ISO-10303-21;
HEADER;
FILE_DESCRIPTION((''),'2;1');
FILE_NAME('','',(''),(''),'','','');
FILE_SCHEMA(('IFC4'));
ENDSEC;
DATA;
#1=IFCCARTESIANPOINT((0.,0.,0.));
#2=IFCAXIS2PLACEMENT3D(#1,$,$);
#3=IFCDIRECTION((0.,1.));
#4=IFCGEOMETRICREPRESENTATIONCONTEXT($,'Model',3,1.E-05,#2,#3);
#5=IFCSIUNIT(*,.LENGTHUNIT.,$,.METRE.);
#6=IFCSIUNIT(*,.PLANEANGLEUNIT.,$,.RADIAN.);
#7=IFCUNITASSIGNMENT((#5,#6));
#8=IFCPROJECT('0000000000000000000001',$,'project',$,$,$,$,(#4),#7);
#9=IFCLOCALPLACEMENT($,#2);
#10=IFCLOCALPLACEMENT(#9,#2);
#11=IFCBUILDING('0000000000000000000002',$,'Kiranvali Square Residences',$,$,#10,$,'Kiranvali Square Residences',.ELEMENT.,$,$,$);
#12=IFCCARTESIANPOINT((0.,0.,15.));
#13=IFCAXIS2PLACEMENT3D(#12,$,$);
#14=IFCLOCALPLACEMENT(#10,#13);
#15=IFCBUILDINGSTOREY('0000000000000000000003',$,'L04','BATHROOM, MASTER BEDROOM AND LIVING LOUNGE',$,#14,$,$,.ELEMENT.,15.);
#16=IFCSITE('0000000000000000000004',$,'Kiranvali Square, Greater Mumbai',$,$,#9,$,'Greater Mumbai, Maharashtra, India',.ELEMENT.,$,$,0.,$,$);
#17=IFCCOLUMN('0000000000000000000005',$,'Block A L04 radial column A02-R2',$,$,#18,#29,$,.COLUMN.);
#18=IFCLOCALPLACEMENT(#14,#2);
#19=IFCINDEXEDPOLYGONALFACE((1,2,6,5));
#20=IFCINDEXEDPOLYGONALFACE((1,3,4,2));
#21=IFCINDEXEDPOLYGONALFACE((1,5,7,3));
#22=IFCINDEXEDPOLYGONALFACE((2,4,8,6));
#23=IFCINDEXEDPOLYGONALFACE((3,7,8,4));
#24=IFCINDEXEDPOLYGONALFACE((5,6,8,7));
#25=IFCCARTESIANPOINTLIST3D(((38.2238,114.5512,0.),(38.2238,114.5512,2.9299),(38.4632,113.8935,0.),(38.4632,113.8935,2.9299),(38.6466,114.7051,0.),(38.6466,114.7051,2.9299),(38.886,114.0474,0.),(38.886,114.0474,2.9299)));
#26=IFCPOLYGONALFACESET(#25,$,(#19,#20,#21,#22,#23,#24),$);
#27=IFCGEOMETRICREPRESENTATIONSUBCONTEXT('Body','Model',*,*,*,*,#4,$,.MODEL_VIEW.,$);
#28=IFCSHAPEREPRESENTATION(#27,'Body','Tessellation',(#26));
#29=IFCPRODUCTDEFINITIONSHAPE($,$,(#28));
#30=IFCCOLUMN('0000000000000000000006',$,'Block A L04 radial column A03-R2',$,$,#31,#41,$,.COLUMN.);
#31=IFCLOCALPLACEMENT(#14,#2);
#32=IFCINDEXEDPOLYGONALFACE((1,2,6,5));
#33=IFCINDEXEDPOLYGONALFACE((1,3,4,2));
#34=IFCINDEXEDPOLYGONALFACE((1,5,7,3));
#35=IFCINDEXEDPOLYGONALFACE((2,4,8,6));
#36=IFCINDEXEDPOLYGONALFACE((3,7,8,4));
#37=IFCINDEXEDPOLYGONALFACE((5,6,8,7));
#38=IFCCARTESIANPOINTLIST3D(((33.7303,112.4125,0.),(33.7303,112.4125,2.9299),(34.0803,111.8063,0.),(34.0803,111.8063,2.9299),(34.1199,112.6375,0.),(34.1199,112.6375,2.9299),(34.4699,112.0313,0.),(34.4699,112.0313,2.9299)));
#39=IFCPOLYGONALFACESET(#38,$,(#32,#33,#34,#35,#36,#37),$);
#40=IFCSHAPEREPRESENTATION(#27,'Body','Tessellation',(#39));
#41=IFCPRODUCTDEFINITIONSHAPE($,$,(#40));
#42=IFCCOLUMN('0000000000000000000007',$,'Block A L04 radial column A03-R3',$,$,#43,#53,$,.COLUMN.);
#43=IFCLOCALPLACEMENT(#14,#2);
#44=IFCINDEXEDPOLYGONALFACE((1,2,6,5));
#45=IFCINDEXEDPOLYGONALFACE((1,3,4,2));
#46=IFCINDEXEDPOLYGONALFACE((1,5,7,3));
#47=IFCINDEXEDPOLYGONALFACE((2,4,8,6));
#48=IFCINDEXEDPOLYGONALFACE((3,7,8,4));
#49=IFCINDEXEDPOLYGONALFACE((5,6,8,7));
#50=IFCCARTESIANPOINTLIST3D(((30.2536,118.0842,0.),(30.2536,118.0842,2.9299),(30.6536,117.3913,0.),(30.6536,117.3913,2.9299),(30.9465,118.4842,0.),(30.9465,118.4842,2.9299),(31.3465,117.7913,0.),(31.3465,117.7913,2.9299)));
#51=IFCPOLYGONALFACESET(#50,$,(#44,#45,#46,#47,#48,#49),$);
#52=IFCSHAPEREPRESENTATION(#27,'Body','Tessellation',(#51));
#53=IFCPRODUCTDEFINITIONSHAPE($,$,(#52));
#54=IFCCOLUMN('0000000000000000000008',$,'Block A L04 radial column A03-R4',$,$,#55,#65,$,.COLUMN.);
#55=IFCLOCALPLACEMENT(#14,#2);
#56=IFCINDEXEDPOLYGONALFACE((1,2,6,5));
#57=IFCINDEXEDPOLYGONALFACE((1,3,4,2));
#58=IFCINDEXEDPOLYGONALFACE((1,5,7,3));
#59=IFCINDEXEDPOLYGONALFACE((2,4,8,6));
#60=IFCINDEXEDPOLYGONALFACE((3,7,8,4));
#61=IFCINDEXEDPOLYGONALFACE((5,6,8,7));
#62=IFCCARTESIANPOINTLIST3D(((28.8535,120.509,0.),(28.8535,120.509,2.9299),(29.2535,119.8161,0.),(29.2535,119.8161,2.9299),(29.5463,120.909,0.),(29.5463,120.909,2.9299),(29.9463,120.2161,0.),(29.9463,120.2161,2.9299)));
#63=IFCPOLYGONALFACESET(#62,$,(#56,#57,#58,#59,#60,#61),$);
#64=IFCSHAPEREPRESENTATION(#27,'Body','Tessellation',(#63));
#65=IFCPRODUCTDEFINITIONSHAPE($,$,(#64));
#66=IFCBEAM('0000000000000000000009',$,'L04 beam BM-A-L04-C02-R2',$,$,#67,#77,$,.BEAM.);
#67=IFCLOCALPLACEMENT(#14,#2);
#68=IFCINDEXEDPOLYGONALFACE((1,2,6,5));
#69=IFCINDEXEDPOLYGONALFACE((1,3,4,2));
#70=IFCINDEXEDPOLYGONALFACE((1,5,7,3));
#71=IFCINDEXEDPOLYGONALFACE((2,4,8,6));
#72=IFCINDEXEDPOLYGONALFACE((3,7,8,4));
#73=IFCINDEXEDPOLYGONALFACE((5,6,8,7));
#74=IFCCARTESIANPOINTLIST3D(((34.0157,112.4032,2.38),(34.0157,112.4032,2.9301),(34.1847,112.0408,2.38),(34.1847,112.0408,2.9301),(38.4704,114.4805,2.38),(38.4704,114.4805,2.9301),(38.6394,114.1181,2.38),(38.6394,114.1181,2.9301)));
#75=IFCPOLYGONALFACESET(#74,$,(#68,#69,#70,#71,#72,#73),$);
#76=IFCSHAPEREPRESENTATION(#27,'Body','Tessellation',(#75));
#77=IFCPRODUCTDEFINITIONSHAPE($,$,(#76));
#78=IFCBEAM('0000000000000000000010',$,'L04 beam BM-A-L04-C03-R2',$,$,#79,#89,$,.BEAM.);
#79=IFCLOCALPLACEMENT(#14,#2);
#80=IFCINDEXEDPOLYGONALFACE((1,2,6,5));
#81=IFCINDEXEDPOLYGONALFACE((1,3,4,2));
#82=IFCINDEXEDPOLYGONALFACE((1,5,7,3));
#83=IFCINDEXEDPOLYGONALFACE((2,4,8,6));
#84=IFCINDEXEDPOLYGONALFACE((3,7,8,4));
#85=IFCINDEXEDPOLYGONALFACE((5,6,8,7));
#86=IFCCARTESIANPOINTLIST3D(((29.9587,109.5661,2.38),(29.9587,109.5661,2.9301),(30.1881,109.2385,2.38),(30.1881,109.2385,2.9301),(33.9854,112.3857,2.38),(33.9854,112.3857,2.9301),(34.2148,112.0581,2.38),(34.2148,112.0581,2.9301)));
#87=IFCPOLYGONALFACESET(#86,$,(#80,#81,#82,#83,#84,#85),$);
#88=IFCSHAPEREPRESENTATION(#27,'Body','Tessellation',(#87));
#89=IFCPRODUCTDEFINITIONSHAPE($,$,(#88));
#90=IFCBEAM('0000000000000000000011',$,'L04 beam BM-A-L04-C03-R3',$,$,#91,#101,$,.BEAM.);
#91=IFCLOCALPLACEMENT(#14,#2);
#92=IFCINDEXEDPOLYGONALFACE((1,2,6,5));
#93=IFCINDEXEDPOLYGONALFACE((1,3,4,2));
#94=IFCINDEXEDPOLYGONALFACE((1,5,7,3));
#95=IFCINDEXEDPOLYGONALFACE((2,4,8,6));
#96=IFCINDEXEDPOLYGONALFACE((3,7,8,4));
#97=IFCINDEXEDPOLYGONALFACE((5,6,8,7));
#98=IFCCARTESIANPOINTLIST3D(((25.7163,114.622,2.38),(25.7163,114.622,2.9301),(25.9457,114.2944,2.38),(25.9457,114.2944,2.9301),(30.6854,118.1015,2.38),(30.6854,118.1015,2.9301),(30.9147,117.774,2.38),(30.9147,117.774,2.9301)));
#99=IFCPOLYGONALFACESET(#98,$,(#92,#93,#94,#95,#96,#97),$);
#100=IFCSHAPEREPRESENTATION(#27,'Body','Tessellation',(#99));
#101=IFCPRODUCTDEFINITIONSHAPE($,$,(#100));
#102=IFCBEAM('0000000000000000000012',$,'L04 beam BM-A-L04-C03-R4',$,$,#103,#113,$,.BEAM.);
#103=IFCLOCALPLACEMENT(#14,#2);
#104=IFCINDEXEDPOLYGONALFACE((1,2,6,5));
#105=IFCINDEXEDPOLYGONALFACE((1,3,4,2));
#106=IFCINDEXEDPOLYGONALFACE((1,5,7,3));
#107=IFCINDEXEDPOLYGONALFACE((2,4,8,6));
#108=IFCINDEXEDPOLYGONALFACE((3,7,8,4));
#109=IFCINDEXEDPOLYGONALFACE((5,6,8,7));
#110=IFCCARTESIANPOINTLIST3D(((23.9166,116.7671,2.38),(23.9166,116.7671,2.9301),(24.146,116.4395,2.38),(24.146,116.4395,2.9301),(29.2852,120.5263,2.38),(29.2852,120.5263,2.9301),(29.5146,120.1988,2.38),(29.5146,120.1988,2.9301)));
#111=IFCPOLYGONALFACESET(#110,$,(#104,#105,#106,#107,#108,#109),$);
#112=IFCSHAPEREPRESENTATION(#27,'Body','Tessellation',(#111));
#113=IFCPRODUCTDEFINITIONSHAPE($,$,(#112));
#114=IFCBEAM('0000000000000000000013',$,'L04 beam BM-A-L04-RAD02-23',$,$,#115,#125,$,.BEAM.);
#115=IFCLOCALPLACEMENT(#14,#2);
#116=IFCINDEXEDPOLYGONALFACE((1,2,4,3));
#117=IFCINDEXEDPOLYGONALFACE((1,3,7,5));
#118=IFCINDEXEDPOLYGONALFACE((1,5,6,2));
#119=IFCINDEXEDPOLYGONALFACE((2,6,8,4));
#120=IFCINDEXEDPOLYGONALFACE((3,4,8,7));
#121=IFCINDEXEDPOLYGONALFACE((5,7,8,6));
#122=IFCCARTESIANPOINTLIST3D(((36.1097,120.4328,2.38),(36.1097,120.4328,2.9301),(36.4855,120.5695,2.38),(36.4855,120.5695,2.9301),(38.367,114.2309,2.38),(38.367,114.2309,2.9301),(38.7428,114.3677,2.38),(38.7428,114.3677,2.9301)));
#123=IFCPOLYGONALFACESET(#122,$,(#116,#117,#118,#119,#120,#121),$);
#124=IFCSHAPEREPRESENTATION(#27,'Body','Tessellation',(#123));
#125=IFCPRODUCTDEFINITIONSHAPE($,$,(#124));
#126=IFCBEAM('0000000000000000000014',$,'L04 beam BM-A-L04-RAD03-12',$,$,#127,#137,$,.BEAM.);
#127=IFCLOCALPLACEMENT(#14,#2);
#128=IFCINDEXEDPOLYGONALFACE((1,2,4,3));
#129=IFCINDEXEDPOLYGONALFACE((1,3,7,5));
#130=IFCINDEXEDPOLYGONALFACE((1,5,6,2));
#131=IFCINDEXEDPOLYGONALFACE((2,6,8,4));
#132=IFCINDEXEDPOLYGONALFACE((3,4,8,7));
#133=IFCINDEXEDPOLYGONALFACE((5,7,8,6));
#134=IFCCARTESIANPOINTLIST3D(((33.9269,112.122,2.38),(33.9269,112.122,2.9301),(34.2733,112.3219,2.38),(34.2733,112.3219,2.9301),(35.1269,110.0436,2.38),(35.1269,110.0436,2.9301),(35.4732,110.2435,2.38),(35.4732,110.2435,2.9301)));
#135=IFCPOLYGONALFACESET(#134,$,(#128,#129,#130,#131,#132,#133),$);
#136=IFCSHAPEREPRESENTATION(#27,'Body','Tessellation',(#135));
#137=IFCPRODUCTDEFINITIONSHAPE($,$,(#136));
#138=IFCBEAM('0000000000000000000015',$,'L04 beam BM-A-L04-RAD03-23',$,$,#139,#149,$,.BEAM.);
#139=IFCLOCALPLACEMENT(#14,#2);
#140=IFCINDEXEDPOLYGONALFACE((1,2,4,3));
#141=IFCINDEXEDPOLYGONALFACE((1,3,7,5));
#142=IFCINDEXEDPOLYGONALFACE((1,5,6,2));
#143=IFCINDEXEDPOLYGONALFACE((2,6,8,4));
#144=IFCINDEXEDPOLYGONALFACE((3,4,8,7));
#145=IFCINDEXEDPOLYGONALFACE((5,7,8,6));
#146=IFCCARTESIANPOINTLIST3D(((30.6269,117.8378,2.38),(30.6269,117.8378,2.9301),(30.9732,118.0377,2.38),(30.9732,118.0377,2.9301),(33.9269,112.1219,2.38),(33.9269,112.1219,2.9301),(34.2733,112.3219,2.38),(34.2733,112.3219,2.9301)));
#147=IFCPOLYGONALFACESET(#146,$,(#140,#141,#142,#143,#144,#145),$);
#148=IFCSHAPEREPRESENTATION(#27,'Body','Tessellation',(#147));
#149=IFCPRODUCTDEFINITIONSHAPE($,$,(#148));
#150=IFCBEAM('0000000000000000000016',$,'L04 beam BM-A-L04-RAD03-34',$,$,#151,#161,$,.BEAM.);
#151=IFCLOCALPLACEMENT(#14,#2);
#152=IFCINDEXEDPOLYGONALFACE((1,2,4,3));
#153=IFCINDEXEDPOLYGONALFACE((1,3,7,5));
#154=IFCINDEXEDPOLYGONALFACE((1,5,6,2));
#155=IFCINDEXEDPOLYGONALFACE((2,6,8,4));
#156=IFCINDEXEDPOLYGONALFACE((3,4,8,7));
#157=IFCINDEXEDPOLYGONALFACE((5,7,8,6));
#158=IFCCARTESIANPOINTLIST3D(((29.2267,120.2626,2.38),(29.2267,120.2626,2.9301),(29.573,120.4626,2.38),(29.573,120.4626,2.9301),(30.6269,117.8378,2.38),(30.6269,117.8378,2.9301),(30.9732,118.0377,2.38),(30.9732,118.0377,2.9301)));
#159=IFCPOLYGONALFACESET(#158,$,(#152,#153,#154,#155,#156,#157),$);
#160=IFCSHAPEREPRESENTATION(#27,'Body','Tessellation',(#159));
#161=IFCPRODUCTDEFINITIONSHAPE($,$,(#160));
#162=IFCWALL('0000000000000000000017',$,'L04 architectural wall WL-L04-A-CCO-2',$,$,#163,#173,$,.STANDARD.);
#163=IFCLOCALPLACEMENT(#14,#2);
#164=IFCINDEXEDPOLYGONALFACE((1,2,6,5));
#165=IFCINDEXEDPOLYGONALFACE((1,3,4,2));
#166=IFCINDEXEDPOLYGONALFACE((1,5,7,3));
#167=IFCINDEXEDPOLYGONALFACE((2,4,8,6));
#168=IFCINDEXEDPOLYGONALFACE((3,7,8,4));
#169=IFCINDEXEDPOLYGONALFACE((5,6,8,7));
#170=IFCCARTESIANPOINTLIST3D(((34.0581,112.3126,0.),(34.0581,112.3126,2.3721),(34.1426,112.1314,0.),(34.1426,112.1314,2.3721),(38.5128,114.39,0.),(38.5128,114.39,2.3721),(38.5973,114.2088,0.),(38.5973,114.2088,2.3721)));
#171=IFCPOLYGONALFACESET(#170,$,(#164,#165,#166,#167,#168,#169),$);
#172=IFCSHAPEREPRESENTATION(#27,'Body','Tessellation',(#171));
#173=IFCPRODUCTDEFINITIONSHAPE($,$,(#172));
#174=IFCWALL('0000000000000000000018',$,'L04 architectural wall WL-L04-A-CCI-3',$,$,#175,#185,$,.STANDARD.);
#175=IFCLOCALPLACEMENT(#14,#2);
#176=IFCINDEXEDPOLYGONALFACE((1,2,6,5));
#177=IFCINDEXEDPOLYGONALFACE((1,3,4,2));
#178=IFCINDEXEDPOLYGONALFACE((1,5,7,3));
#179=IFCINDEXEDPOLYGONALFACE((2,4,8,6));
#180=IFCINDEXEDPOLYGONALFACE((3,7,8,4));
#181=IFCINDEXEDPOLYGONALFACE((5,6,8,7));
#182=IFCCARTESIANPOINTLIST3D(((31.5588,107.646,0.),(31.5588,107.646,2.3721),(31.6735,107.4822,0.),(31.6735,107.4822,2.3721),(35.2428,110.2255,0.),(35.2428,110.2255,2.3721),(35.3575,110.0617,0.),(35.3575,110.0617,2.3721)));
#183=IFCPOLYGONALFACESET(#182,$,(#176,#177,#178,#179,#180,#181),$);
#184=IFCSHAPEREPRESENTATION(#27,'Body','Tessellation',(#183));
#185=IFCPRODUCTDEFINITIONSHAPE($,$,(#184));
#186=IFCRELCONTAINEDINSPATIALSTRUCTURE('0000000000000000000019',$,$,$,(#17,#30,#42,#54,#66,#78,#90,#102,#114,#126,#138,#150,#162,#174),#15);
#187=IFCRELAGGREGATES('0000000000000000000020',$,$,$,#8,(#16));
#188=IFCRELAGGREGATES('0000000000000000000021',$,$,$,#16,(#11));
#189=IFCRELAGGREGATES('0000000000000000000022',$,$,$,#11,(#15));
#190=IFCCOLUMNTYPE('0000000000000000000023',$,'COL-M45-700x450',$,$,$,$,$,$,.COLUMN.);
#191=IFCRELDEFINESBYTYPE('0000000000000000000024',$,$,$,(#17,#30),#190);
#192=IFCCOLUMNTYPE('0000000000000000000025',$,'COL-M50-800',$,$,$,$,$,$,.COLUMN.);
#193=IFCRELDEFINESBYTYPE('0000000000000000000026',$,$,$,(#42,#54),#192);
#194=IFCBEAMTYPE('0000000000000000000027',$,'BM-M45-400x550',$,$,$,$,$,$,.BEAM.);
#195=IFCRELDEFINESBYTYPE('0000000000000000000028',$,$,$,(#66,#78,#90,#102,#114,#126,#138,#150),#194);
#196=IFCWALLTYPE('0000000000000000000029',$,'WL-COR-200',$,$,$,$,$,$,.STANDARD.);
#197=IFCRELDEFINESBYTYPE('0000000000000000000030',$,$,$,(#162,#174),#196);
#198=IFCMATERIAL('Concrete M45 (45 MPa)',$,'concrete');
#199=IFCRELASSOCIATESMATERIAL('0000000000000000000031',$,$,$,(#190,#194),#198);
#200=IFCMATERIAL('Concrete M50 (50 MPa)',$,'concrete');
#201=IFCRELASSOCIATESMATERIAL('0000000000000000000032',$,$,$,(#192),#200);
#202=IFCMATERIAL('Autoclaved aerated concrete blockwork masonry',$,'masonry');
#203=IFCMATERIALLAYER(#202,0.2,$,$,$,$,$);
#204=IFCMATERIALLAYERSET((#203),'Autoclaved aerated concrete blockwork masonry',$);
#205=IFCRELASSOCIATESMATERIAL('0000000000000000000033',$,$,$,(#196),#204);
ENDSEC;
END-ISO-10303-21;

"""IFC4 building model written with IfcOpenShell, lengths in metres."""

from ifc_helpers import new_model, si_unit, direction, frame, frame_2d, origin, origin_2d, place, context, subcontext, project, spatial, rectangle, extrude, material, layer, layer_set, material_profile, profile_set, type_object, element, save


model = new_model("IFC4")

# Units and contexts
model_context = context("Model", 3, precision=1e-05, world=origin(), true_north=direction((0.0, 1.0)))
body_context = subcontext(model_context, "Body", "Model", "MODEL_VIEW")
ifc_project = project(units=[si_unit("LENGTHUNIT", "METRE"), si_unit("PLANEANGLEUNIT", "RADIAN")], contexts=[model_context])

# Site, building, storey
site_placement = place(None, origin())
site = spatial("IfcSite", under=ifc_project, at=site_placement, Name="Kiranvali Square, Greater Mumbai", LongName="Greater Mumbai, Maharashtra, India", CompositionType="ELEMENT", RefElevation=0.0)
building_placement = place(site_placement, origin())
building = spatial("IfcBuilding", under=site, at=building_placement, Name="Kiranvali Square Residences", LongName="Kiranvali Square Residences", CompositionType="ELEMENT")
storey_placement = place(building_placement, frame((0.0, 0.0, 15.0)))
storey = spatial("IfcBuildingStorey", under=building, at=storey_placement, Name="L04", Description="BATHROOM, MASTER BEDROOM AND LIVING LOUNGE", CompositionType="ELEMENT", Elevation=15.0)

# Columns
ifc_material_1 = material(Name="Concrete M45 (45 MPa)", Category="concrete")
ifc_material_profile_1 = material_profile(ifc_material_1, rectangle(XDim=0.45, YDim=0.7, at=origin_2d()), Name="RC 700x450")
ifc_profile_set_1 = profile_set([ifc_material_profile_1], Name="Concrete M45 (45 MPa)")
column_type_1 = type_object("IfcColumnType", Name="COL-M45-700x450", PredefinedType="COLUMN", material=ifc_profile_set_1)
for number, where, z_axis, x_axis, name in (
    (1, (38.5549, 114.2993, 0.0), (0.0, 0.0, 1.0), (0.939693, 0.34202, 0.0), "Block A L04 radial column A02-R2"),
    (2, (34.1001, 112.2219, 0.0), (0.0, 0.0, 1.0), (0.866025, 0.5, 0.0), "Block A L04 radial column A03-R2"),
):
    element("IfcColumn", number, at=place(storey_placement, frame(where, z_axis=z_axis, x_axis=x_axis)), inside=storey, type_object=column_type_1, Name=name, PredefinedType="COLUMN", context=body_context, shape_type="SweptSolid", body=[
        extrude(rectangle(XDim=0.45, YDim=0.7, at=origin_2d()), origin(), (0.0, 0.0, 1.0), 2.9299),
    ])
ifc_material_2 = material(Name="Concrete M50 (50 MPa)", Category="concrete")
ifc_material_profile_2 = material_profile(ifc_material_2, rectangle(XDim=0.8, YDim=0.8, at=origin_2d()), Name="RC 800x800")
ifc_profile_set_2 = profile_set([ifc_material_profile_2], Name="Concrete M50 (50 MPa)")
column_type_2 = type_object("IfcColumnType", Name="COL-M50-800", PredefinedType="COLUMN", material=ifc_profile_set_2)
for number, where, z_axis, x_axis, name in (
    (3, (30.8, 117.9377, 0.0), (0.0, 0.0, 1.0), (0.866025, 0.5, 0.0), "Block A L04 radial column A03-R3"),
    (4, (29.3999, 120.3625, 0.0), (0.0, 0.0, 1.0), (0.866025, 0.5, 0.0), "Block A L04 radial column A03-R4"),
):
    element("IfcColumn", number, at=place(storey_placement, frame(where, z_axis=z_axis, x_axis=x_axis)), inside=storey, type_object=column_type_2, Name=name, PredefinedType="COLUMN", context=body_context, shape_type="SweptSolid", body=[
        extrude(rectangle(XDim=0.8, YDim=0.8, at=origin_2d()), origin(), (0.0, 0.0, 1.0), 2.9299),
    ])

# Beams
ifc_material_profile_3 = material_profile(ifc_material_1, rectangle(XDim=0.3999, YDim=0.55, at=origin_2d()), Name="RC 400x550")
ifc_profile_set_3 = profile_set([ifc_material_profile_3], Name="Concrete M45 (45 MPa)")
beam_type = type_object("IfcBeamType", Name="BM-M45-400x550", PredefinedType="BEAM", material=ifc_profile_set_3)
beam_1_placement = place(storey_placement, frame((38.5549, 114.2993, 2.655), z_axis=(-0.906302, -0.42263, 0.0), x_axis=(0.42263, -0.906302, 0.0)))
element("IfcBeam", 5, at=beam_1_placement, inside=storey, type_object=beam_type, Name="L04 beam BM-A-L04-C02-R2", PredefinedType="BEAM", context=body_context, shape_type="SweptSolid", body=[
    extrude(rectangle(XDim=0.3999, YDim=0.55, at=origin_2d()), origin(), (0.0, 0.0, 1.0), 4.9153),
])
beam_2_placement = place(storey_placement, frame((34.1001, 112.2219, 2.655), z_axis=(-0.819141, -0.573592, 0.0), x_axis=(0.573592, -0.819141, 0.0)))
element("IfcBeam", 6, at=beam_2_placement, inside=storey, type_object=beam_type, Name="L04 beam BM-A-L04-C03-R2", PredefinedType="BEAM", context=body_context, shape_type="SweptSolid", body=[
    extrude(rectangle(XDim=0.3999, YDim=0.55, at=origin_2d()), origin(), (0.0, 0.0, 1.0), 4.9158),
])
beam_3_placement = place(storey_placement, frame((30.8, 117.9377, 2.655), z_axis=(-0.819139, -0.573595, 0.0), x_axis=(0.573595, -0.819139, 0.0)))
element("IfcBeam", 7, at=beam_3_placement, inside=storey, type_object=beam_type, Name="L04 beam BM-A-L04-C03-R3", PredefinedType="BEAM", context=body_context, shape_type="SweptSolid", body=[
    extrude(rectangle(XDim=0.3999, YDim=0.55, at=origin_2d()), origin(), (0.0, 0.0, 1.0), 6.0662),
])
beam_4_placement = place(storey_placement, frame((29.3999, 120.3625, 2.655), z_axis=(-0.819144, -0.573587, 0.0), x_axis=(0.573587, -0.819144, 0.0)))
element("IfcBeam", 8, at=beam_4_placement, inside=storey, type_object=beam_type, Name="L04 beam BM-A-L04-C03-R4", PredefinedType="BEAM", context=body_context, shape_type="SweptSolid", body=[
    extrude(rectangle(XDim=0.3999, YDim=0.55, at=origin_2d()), origin(), (0.0, 0.0, 1.0), 6.554),
])
beam_5_placement = place(storey_placement, frame((38.5549, 114.2993, 2.655), z_axis=(-0.342022, 0.939692, 0.0), x_axis=(-0.939692, -0.342022, 0.0)))
element("IfcBeam", 9, at=beam_5_placement, inside=storey, type_object=beam_type, Name="L04 beam BM-A-L04-RAD02-23", PredefinedType="BEAM", context=body_context, shape_type="SweptSolid", body=[
    extrude(rectangle(XDim=0.3999, YDim=0.55, at=origin_2d()), origin(), (0.0, 0.0, 1.0), 6.5999),
])
beam_6_placement = place(storey_placement, frame((35.3, 110.1436, 2.655), z_axis=(-0.500001, 0.866025, 0.0), x_axis=(-0.866025, -0.500001, 0.0)))
element("IfcBeam", 10, at=beam_6_placement, inside=storey, type_object=beam_type, Name="L04 beam BM-A-L04-RAD03-12", PredefinedType="BEAM", context=body_context, shape_type="SweptSolid", body=[
    extrude(rectangle(XDim=0.3999, YDim=0.55, at=origin_2d()), origin(), (0.0, 0.0, 1.0), 2.3999),
])
beam_7_placement = place(storey_placement, frame((34.1001, 112.2219, 2.655), z_axis=(-0.500002, 0.866024, 0.0), x_axis=(-0.866024, -0.500002, 0.0)))
element("IfcBeam", 11, at=beam_7_placement, inside=storey, type_object=beam_type, Name="L04 beam BM-A-L04-RAD03-23", PredefinedType="BEAM", context=body_context, shape_type="SweptSolid", body=[
    extrude(rectangle(XDim=0.3999, YDim=0.55, at=origin_2d()), origin(), (0.0, 0.0, 1.0), 6.6001),
])
beam_8_placement = place(storey_placement, frame((30.8, 117.9377, 2.655), z_axis=(-0.50005, 0.865997, 0.0), x_axis=(-0.865997, -0.50005, 0.0)))
element("IfcBeam", 12, at=beam_8_placement, inside=storey, type_object=beam_type, Name="L04 beam BM-A-L04-RAD03-34", PredefinedType="BEAM", context=body_context, shape_type="SweptSolid", body=[
    extrude(rectangle(XDim=0.3999, YDim=0.55, at=origin_2d()), origin(), (0.0, 0.0, 1.0), 2.8),
])

# Walls
ifc_material_3 = material(Name="Autoclaved aerated concrete blockwork masonry", Category="masonry")
ifc_layer_1 = layer(ifc_material_3, 0.2)
ifc_layer_set_1 = layer_set([ifc_layer_1], Name="Autoclaved aerated concrete blockwork masonry")
wall_type_1 = type_object("IfcWallType", Name="WL-COR-200", PredefinedType="STANDARD", material=ifc_layer_set_1)
wall_1_placement = place(storey_placement, frame((38.5549, 114.2993, 0.0), z_axis=(0.0, 0.0, 1.0), x_axis=(-0.906302, -0.42263, 0.0)))
element("IfcWall", 13, at=wall_1_placement, inside=storey, type_object=wall_type_1, Name="L04 architectural wall WL-L04-A-CCO-2", PredefinedType="STANDARD", context=body_context, shape_type="SweptSolid", body=[
    extrude(rectangle(XDim=4.9153, YDim=0.2, at=frame_2d((2.4575, 0.0))), origin(), (0.0, 0.0, 1.0), 2.3721),
])
wall_2_placement = place(storey_placement, frame((35.3, 110.1436, 0.0), z_axis=(0.0, 0.0, 1.0), x_axis=(-0.819155, -0.573572, 0.0)))
element("IfcWall", 14, at=wall_2_placement, inside=storey, type_object=wall_type_1, Name="L04 architectural wall WL-L04-A-CCI-3", PredefinedType="STANDARD", context=body_context, shape_type="SweptSolid", body=[
    extrude(rectangle(XDim=4.4973, YDim=0.2, at=frame_2d((2.2485, 0.0))), origin(), (0.0, 0.0, 1.0), 2.3721),
])

save(model, "model.ifc")
